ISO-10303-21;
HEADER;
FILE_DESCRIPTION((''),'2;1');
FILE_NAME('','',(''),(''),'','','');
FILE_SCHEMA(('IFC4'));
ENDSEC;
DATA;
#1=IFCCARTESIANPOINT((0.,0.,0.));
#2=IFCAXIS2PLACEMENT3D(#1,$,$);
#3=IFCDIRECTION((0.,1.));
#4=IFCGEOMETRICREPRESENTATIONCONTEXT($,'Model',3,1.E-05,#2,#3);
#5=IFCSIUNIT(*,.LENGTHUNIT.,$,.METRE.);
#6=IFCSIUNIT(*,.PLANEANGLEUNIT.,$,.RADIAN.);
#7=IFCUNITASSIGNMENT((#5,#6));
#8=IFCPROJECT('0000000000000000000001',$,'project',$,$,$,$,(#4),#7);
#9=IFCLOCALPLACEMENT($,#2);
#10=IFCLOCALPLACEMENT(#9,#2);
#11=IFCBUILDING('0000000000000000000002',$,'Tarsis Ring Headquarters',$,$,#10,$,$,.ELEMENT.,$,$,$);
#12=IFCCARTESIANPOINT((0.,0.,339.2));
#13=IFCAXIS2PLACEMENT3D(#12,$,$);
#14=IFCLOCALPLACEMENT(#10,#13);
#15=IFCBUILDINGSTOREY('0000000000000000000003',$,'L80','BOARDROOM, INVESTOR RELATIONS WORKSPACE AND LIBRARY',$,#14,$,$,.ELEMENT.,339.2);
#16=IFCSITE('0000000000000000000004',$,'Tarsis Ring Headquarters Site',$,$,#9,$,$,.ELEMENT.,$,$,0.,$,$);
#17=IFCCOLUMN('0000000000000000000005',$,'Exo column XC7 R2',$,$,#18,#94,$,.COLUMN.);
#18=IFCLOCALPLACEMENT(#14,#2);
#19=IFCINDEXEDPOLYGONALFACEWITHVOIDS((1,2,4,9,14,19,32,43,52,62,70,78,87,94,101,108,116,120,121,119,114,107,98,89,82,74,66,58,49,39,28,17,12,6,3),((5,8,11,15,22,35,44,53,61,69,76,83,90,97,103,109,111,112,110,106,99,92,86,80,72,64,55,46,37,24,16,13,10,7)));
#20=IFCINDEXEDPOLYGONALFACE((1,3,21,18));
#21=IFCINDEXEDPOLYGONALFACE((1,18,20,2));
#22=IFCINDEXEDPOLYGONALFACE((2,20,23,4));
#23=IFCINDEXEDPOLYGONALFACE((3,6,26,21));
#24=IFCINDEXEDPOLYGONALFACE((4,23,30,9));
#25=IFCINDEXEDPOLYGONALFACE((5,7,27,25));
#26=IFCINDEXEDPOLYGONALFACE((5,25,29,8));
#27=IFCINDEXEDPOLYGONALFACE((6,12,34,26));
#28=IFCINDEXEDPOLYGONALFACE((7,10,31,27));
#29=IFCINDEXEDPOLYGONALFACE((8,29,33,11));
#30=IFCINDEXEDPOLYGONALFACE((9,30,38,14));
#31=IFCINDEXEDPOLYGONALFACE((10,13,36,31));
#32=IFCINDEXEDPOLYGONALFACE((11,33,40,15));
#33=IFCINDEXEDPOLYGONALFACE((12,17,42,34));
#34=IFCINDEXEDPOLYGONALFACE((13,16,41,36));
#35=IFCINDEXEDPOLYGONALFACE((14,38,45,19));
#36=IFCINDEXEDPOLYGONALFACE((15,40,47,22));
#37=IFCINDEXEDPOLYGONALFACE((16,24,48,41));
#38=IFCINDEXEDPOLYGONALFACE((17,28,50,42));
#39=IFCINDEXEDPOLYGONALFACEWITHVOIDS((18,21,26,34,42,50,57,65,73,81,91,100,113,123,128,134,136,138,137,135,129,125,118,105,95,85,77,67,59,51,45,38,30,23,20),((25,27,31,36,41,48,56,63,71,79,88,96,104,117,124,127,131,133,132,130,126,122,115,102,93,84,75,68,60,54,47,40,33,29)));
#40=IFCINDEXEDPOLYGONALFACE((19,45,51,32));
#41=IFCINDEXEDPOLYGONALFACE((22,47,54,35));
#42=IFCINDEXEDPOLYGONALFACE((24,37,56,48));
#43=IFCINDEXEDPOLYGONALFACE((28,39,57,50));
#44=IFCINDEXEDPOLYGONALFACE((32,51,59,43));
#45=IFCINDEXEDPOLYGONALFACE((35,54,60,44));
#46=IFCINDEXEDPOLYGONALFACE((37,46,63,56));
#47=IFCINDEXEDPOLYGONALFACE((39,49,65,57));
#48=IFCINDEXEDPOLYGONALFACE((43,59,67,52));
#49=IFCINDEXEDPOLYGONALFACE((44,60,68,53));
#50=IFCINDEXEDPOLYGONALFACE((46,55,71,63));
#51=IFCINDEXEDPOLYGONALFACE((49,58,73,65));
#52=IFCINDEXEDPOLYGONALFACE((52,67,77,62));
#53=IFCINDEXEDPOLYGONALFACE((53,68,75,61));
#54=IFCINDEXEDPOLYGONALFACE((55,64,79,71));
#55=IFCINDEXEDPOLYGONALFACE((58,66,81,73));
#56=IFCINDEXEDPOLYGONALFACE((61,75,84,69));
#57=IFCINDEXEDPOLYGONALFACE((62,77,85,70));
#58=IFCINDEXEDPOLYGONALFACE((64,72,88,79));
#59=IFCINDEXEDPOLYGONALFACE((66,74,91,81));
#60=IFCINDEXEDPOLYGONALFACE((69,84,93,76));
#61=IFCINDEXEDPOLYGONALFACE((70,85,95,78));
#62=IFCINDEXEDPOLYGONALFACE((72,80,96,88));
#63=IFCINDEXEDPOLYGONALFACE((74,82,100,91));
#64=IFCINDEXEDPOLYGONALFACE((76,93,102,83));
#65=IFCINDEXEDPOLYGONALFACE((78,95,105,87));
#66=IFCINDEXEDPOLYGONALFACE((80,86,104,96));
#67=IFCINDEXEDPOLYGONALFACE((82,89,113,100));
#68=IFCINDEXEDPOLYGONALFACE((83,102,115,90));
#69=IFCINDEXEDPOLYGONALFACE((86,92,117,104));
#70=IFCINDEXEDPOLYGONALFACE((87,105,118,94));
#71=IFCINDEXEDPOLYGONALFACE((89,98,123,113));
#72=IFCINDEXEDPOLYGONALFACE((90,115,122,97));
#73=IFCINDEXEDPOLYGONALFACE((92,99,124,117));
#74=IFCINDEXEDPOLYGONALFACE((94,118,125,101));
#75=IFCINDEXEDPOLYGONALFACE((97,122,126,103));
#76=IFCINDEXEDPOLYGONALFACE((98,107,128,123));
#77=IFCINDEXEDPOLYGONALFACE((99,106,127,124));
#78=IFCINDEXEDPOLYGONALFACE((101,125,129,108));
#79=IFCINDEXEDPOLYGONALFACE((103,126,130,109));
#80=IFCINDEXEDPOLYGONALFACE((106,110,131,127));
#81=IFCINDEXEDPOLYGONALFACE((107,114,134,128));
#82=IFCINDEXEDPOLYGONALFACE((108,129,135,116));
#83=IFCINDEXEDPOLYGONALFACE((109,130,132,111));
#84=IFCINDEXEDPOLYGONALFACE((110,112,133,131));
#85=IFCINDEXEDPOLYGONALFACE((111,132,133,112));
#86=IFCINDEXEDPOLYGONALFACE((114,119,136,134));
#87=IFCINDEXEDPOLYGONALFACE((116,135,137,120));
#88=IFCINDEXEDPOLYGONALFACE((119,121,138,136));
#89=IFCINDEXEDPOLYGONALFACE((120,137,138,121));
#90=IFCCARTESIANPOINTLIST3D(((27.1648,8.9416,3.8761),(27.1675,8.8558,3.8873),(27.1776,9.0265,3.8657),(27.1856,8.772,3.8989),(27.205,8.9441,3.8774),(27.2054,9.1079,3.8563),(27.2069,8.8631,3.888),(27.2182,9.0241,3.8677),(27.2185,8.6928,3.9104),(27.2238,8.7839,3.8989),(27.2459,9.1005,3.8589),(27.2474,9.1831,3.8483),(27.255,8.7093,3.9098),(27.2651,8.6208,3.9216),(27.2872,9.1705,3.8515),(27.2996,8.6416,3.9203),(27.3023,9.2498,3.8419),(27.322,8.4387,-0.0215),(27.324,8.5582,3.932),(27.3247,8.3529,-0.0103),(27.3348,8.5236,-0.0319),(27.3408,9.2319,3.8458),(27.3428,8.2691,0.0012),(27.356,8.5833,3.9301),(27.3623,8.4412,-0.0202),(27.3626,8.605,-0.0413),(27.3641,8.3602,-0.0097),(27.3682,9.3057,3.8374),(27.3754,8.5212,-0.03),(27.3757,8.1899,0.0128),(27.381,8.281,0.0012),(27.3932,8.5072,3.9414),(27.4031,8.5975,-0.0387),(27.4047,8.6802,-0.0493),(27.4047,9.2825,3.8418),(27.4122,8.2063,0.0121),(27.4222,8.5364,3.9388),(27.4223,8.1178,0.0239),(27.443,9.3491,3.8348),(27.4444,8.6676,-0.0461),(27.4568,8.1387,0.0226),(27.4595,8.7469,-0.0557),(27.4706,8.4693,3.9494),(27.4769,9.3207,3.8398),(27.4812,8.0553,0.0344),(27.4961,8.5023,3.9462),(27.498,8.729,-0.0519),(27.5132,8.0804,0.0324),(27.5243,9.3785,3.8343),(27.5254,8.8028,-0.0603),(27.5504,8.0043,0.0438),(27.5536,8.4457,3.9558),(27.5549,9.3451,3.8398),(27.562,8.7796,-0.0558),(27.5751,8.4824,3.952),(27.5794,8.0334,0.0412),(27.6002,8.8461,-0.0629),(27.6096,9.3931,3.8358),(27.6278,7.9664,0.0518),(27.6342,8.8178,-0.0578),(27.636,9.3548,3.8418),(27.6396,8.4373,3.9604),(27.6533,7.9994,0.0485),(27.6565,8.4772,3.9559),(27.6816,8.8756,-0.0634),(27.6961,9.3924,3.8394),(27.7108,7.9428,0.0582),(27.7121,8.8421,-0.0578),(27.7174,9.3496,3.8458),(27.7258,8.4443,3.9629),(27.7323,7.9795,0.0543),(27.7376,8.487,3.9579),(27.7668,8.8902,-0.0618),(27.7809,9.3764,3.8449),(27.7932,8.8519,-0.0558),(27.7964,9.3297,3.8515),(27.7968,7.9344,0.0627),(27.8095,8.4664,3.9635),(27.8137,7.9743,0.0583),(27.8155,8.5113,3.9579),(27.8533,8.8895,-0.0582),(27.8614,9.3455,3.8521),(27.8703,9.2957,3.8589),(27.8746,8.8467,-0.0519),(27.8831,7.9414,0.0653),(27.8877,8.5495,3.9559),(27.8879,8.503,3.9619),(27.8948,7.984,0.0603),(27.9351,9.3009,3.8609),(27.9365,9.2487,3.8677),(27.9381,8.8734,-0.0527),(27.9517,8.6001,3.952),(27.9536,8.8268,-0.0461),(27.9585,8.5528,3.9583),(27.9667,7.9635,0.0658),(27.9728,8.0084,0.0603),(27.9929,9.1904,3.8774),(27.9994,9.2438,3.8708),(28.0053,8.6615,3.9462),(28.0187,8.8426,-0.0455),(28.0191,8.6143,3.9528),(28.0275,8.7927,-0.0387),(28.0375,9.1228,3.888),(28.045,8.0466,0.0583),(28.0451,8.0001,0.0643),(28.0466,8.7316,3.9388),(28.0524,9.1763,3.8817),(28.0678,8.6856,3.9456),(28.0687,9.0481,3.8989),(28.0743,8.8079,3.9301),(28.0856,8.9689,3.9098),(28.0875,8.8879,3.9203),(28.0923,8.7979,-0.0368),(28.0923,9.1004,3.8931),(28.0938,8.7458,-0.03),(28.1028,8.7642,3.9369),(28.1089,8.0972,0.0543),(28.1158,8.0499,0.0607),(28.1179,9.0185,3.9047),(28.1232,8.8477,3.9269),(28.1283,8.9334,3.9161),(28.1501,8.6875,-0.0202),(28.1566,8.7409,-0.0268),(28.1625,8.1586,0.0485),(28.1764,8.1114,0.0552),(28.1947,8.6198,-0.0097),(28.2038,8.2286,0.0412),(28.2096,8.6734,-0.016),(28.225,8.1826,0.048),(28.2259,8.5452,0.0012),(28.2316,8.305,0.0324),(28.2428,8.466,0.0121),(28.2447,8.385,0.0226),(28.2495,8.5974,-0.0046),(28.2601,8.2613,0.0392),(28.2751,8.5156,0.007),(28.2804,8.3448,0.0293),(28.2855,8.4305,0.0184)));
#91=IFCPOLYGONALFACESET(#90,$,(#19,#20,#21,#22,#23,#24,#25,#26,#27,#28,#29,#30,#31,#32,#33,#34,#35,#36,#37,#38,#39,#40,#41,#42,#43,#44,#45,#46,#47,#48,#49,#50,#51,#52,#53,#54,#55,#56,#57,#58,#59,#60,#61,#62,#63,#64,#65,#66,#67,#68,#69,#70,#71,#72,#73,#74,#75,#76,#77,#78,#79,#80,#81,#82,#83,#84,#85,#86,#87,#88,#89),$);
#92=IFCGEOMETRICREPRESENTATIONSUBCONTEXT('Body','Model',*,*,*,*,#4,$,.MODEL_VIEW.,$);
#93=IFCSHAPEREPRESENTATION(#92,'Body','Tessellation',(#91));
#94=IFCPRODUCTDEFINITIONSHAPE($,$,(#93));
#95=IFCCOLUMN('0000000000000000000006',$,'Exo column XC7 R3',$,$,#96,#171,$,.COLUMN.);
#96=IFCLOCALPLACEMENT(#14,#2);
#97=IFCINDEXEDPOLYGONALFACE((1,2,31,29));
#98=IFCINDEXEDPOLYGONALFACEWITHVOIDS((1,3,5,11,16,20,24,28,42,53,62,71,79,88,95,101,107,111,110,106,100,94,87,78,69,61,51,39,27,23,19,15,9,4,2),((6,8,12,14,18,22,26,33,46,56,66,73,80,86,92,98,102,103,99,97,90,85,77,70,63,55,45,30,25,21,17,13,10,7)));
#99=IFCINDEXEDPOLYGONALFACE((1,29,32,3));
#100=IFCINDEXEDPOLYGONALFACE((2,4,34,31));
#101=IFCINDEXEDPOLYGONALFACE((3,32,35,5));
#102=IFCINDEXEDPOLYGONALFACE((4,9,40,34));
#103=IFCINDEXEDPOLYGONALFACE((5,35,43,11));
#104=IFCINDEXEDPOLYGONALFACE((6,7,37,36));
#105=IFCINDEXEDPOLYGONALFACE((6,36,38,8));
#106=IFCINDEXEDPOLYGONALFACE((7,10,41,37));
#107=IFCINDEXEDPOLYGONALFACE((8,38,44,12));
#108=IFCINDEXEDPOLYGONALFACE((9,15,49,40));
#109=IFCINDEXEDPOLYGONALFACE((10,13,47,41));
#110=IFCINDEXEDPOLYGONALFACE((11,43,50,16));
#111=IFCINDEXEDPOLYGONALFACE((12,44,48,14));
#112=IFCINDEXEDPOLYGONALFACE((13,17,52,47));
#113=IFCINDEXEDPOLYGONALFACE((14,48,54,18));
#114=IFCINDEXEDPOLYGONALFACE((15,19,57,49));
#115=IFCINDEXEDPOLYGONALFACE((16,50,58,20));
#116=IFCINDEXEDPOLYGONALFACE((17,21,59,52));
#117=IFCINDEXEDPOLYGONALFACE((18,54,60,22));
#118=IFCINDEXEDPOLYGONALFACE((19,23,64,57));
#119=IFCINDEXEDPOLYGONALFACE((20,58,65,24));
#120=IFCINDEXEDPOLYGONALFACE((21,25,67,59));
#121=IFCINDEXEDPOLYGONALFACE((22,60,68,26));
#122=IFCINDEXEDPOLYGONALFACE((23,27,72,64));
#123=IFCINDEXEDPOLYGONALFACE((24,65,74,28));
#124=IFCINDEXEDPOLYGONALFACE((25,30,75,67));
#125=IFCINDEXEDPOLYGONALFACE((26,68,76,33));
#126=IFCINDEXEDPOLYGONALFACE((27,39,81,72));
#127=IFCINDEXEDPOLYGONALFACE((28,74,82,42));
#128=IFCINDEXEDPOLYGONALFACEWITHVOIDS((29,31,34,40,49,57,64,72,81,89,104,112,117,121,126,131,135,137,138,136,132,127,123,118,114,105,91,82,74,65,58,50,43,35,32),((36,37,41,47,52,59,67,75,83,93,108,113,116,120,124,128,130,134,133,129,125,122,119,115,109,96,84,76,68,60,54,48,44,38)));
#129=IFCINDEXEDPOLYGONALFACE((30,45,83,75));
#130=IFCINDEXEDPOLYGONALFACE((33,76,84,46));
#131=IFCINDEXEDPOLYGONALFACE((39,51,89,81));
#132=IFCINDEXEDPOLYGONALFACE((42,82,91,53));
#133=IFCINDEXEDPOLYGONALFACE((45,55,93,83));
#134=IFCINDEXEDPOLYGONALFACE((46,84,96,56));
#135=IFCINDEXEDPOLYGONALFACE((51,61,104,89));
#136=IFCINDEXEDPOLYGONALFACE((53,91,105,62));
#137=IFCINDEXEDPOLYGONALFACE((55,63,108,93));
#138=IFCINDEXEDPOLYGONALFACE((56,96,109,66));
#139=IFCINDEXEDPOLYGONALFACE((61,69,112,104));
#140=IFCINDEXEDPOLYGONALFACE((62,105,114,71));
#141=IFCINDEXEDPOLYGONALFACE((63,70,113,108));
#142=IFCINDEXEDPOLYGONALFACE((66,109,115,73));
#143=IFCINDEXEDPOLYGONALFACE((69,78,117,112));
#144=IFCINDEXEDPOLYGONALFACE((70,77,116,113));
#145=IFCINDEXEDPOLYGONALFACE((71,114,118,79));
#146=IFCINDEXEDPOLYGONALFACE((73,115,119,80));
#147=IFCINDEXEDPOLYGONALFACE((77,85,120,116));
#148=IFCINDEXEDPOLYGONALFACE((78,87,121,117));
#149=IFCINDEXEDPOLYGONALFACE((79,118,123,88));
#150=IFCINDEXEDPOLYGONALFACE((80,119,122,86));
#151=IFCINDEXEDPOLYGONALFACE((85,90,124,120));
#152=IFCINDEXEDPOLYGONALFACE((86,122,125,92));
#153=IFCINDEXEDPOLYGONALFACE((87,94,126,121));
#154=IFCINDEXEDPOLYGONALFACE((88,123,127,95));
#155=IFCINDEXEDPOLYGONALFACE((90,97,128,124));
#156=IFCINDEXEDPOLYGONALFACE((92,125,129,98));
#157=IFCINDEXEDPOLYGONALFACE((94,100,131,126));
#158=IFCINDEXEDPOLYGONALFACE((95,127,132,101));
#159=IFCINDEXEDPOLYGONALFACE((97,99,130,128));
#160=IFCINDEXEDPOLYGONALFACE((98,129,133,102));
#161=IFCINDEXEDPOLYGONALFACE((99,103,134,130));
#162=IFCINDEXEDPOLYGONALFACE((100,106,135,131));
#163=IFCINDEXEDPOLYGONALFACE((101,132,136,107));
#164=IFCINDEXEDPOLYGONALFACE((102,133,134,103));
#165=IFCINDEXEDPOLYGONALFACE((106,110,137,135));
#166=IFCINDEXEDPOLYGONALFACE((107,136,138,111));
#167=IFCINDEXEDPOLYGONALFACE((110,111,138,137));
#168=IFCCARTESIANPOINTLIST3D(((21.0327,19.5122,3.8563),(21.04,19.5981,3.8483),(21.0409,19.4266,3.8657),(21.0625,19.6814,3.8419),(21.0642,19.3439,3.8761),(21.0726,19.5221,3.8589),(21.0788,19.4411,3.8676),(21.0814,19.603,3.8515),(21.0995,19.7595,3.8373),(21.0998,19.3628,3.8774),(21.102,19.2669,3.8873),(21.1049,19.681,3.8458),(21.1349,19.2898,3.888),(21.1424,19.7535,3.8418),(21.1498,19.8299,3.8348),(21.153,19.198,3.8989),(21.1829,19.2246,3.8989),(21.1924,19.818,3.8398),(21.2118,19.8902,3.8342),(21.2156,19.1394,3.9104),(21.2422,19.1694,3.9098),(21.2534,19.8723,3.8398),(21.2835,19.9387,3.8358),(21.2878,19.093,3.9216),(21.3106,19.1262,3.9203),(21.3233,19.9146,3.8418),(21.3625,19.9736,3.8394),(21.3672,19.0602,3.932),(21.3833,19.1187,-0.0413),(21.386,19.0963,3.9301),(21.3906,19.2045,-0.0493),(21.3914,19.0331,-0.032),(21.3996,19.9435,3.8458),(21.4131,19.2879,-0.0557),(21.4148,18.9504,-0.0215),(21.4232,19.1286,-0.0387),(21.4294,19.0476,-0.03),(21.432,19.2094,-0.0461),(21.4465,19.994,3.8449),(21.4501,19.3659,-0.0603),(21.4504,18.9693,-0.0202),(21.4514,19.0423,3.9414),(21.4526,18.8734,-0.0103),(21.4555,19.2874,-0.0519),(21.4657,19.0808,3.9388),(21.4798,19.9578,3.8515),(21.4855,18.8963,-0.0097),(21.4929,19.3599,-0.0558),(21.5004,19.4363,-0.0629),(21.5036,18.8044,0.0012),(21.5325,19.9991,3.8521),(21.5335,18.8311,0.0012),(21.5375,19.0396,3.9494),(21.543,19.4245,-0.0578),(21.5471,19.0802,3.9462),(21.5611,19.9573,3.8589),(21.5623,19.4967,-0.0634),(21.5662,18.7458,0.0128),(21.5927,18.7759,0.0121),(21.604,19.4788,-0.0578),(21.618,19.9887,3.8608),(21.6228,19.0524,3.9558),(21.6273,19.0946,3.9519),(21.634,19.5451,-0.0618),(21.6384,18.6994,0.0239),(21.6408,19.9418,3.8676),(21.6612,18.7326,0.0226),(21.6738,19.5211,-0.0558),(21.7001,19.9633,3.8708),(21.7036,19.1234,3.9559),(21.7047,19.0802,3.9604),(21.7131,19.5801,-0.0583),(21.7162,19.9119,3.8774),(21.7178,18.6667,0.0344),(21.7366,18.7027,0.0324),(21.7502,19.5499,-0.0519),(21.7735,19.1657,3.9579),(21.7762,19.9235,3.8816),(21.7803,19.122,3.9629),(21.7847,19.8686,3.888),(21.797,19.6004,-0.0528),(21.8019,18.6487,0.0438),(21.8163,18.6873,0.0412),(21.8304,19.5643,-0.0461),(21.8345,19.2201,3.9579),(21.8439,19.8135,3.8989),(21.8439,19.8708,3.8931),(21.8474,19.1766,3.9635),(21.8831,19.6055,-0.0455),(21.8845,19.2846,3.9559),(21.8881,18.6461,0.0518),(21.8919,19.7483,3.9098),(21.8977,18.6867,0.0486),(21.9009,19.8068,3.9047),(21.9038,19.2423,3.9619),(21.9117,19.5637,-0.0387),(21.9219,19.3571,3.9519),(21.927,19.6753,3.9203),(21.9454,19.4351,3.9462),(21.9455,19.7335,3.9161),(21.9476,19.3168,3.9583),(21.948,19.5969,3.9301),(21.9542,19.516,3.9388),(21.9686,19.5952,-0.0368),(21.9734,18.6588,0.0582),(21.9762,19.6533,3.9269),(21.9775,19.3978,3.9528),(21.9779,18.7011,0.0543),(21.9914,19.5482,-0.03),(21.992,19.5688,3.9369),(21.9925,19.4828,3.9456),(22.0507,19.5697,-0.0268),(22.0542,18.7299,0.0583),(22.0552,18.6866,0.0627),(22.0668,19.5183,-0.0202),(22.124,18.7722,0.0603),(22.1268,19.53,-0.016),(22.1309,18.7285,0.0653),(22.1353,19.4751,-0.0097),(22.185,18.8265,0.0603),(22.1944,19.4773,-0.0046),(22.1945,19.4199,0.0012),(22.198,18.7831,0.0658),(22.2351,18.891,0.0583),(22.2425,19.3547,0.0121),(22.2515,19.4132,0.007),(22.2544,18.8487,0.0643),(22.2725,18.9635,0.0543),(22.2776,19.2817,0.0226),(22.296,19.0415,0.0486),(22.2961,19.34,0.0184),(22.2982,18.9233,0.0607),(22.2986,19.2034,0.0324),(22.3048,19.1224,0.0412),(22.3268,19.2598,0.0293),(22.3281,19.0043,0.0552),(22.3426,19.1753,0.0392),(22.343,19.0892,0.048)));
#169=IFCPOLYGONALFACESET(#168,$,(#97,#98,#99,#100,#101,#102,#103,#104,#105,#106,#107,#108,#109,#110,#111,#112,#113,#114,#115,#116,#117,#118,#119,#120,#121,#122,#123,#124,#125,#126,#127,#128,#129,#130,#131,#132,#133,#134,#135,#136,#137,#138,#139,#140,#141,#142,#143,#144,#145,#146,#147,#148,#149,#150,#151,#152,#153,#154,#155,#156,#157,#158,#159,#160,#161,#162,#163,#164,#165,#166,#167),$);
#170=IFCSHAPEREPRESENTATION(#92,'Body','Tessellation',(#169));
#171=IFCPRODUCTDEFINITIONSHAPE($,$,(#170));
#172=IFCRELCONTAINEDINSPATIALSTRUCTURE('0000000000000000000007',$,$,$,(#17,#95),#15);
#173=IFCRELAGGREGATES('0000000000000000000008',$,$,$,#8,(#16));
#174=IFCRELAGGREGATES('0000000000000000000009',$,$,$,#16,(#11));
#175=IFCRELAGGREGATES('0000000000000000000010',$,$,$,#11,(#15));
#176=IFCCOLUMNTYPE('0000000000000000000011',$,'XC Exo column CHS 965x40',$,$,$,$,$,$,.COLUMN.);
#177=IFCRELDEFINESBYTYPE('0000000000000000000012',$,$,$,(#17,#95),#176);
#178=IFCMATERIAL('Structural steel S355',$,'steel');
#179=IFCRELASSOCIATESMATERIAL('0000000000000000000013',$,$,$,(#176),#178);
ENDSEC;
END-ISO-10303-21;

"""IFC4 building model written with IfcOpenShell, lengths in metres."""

from ifc_helpers import new_model, si_unit, direction, frame, origin, origin_2d, place, context, subcontext, project, spatial, hollow_circle, extrude, material, material_profile, profile_set, type_object, element, save


model = new_model("IFC4")

# Units and contexts
model_context = context("Model", 3, precision=1e-05, world=origin(), true_north=direction((0.0, 1.0)))
body_context = subcontext(model_context, "Body", "Model", "MODEL_VIEW")
ifc_project = project(units=[si_unit("LENGTHUNIT", "METRE"), si_unit("PLANEANGLEUNIT", "RADIAN")], contexts=[model_context])

# Site, building, storey
site_placement = place(None, origin())
site = spatial("IfcSite", under=ifc_project, at=site_placement, Name="Tarsis Ring Headquarters Site", CompositionType="ELEMENT", RefElevation=0.0)
building_placement = place(site_placement, origin())
building = spatial("IfcBuilding", under=site, at=building_placement, Name="Tarsis Ring Headquarters", CompositionType="ELEMENT")
storey_placement = place(building_placement, frame((0.0, 0.0, 339.2)))
storey = spatial("IfcBuildingStorey", under=building, at=storey_placement, Name="L80", Description="BOARDROOM, INVESTOR RELATIONS WORKSPACE AND LIBRARY", CompositionType="ELEMENT", Elevation=339.2)

# Columns
ifc_material_1 = material(Name="Structural steel S355", Category="steel")
ifc_material_profile_1 = material_profile(ifc_material_1, hollow_circle(Radius=0.4827, WallThickness=0.04, at=origin_2d()), Name="CHS 965x40")
ifc_profile_set_1 = profile_set([ifc_material_profile_1], Name="Structural steel S355")
column_type = type_object("IfcColumnType", Name="XC Exo column CHS 965x40", PredefinedType="COLUMN", material=ifc_profile_set_1)
for number, where, z_axis, x_axis, name in (
    (1, (27.8035, 8.4131, 0.0012), (-0.039975, 0.127869, 0.990985), (-0.954447, -0.298381, 0.0), "Exo column XC7 R2"),
    (2, (21.864, 19.1255, 0.0012), (-0.089136, 0.10006, 0.990981), (-0.746693, -0.665168, 0.0), "Exo column XC7 R3"),
):
    element("IfcColumn", number, at=place(storey_placement, frame(where, z_axis=z_axis, x_axis=x_axis)), inside=storey, type_object=column_type, Name=name, PredefinedType="COLUMN", context=body_context, shape_type="SweptSolid", body=[
        extrude(hollow_circle(Radius=0.4827, WallThickness=0.04, at=origin_2d()), origin(), (0.0, 0.0, 1.0), 3.9331),
    ])

save(model, "model.ifc")
